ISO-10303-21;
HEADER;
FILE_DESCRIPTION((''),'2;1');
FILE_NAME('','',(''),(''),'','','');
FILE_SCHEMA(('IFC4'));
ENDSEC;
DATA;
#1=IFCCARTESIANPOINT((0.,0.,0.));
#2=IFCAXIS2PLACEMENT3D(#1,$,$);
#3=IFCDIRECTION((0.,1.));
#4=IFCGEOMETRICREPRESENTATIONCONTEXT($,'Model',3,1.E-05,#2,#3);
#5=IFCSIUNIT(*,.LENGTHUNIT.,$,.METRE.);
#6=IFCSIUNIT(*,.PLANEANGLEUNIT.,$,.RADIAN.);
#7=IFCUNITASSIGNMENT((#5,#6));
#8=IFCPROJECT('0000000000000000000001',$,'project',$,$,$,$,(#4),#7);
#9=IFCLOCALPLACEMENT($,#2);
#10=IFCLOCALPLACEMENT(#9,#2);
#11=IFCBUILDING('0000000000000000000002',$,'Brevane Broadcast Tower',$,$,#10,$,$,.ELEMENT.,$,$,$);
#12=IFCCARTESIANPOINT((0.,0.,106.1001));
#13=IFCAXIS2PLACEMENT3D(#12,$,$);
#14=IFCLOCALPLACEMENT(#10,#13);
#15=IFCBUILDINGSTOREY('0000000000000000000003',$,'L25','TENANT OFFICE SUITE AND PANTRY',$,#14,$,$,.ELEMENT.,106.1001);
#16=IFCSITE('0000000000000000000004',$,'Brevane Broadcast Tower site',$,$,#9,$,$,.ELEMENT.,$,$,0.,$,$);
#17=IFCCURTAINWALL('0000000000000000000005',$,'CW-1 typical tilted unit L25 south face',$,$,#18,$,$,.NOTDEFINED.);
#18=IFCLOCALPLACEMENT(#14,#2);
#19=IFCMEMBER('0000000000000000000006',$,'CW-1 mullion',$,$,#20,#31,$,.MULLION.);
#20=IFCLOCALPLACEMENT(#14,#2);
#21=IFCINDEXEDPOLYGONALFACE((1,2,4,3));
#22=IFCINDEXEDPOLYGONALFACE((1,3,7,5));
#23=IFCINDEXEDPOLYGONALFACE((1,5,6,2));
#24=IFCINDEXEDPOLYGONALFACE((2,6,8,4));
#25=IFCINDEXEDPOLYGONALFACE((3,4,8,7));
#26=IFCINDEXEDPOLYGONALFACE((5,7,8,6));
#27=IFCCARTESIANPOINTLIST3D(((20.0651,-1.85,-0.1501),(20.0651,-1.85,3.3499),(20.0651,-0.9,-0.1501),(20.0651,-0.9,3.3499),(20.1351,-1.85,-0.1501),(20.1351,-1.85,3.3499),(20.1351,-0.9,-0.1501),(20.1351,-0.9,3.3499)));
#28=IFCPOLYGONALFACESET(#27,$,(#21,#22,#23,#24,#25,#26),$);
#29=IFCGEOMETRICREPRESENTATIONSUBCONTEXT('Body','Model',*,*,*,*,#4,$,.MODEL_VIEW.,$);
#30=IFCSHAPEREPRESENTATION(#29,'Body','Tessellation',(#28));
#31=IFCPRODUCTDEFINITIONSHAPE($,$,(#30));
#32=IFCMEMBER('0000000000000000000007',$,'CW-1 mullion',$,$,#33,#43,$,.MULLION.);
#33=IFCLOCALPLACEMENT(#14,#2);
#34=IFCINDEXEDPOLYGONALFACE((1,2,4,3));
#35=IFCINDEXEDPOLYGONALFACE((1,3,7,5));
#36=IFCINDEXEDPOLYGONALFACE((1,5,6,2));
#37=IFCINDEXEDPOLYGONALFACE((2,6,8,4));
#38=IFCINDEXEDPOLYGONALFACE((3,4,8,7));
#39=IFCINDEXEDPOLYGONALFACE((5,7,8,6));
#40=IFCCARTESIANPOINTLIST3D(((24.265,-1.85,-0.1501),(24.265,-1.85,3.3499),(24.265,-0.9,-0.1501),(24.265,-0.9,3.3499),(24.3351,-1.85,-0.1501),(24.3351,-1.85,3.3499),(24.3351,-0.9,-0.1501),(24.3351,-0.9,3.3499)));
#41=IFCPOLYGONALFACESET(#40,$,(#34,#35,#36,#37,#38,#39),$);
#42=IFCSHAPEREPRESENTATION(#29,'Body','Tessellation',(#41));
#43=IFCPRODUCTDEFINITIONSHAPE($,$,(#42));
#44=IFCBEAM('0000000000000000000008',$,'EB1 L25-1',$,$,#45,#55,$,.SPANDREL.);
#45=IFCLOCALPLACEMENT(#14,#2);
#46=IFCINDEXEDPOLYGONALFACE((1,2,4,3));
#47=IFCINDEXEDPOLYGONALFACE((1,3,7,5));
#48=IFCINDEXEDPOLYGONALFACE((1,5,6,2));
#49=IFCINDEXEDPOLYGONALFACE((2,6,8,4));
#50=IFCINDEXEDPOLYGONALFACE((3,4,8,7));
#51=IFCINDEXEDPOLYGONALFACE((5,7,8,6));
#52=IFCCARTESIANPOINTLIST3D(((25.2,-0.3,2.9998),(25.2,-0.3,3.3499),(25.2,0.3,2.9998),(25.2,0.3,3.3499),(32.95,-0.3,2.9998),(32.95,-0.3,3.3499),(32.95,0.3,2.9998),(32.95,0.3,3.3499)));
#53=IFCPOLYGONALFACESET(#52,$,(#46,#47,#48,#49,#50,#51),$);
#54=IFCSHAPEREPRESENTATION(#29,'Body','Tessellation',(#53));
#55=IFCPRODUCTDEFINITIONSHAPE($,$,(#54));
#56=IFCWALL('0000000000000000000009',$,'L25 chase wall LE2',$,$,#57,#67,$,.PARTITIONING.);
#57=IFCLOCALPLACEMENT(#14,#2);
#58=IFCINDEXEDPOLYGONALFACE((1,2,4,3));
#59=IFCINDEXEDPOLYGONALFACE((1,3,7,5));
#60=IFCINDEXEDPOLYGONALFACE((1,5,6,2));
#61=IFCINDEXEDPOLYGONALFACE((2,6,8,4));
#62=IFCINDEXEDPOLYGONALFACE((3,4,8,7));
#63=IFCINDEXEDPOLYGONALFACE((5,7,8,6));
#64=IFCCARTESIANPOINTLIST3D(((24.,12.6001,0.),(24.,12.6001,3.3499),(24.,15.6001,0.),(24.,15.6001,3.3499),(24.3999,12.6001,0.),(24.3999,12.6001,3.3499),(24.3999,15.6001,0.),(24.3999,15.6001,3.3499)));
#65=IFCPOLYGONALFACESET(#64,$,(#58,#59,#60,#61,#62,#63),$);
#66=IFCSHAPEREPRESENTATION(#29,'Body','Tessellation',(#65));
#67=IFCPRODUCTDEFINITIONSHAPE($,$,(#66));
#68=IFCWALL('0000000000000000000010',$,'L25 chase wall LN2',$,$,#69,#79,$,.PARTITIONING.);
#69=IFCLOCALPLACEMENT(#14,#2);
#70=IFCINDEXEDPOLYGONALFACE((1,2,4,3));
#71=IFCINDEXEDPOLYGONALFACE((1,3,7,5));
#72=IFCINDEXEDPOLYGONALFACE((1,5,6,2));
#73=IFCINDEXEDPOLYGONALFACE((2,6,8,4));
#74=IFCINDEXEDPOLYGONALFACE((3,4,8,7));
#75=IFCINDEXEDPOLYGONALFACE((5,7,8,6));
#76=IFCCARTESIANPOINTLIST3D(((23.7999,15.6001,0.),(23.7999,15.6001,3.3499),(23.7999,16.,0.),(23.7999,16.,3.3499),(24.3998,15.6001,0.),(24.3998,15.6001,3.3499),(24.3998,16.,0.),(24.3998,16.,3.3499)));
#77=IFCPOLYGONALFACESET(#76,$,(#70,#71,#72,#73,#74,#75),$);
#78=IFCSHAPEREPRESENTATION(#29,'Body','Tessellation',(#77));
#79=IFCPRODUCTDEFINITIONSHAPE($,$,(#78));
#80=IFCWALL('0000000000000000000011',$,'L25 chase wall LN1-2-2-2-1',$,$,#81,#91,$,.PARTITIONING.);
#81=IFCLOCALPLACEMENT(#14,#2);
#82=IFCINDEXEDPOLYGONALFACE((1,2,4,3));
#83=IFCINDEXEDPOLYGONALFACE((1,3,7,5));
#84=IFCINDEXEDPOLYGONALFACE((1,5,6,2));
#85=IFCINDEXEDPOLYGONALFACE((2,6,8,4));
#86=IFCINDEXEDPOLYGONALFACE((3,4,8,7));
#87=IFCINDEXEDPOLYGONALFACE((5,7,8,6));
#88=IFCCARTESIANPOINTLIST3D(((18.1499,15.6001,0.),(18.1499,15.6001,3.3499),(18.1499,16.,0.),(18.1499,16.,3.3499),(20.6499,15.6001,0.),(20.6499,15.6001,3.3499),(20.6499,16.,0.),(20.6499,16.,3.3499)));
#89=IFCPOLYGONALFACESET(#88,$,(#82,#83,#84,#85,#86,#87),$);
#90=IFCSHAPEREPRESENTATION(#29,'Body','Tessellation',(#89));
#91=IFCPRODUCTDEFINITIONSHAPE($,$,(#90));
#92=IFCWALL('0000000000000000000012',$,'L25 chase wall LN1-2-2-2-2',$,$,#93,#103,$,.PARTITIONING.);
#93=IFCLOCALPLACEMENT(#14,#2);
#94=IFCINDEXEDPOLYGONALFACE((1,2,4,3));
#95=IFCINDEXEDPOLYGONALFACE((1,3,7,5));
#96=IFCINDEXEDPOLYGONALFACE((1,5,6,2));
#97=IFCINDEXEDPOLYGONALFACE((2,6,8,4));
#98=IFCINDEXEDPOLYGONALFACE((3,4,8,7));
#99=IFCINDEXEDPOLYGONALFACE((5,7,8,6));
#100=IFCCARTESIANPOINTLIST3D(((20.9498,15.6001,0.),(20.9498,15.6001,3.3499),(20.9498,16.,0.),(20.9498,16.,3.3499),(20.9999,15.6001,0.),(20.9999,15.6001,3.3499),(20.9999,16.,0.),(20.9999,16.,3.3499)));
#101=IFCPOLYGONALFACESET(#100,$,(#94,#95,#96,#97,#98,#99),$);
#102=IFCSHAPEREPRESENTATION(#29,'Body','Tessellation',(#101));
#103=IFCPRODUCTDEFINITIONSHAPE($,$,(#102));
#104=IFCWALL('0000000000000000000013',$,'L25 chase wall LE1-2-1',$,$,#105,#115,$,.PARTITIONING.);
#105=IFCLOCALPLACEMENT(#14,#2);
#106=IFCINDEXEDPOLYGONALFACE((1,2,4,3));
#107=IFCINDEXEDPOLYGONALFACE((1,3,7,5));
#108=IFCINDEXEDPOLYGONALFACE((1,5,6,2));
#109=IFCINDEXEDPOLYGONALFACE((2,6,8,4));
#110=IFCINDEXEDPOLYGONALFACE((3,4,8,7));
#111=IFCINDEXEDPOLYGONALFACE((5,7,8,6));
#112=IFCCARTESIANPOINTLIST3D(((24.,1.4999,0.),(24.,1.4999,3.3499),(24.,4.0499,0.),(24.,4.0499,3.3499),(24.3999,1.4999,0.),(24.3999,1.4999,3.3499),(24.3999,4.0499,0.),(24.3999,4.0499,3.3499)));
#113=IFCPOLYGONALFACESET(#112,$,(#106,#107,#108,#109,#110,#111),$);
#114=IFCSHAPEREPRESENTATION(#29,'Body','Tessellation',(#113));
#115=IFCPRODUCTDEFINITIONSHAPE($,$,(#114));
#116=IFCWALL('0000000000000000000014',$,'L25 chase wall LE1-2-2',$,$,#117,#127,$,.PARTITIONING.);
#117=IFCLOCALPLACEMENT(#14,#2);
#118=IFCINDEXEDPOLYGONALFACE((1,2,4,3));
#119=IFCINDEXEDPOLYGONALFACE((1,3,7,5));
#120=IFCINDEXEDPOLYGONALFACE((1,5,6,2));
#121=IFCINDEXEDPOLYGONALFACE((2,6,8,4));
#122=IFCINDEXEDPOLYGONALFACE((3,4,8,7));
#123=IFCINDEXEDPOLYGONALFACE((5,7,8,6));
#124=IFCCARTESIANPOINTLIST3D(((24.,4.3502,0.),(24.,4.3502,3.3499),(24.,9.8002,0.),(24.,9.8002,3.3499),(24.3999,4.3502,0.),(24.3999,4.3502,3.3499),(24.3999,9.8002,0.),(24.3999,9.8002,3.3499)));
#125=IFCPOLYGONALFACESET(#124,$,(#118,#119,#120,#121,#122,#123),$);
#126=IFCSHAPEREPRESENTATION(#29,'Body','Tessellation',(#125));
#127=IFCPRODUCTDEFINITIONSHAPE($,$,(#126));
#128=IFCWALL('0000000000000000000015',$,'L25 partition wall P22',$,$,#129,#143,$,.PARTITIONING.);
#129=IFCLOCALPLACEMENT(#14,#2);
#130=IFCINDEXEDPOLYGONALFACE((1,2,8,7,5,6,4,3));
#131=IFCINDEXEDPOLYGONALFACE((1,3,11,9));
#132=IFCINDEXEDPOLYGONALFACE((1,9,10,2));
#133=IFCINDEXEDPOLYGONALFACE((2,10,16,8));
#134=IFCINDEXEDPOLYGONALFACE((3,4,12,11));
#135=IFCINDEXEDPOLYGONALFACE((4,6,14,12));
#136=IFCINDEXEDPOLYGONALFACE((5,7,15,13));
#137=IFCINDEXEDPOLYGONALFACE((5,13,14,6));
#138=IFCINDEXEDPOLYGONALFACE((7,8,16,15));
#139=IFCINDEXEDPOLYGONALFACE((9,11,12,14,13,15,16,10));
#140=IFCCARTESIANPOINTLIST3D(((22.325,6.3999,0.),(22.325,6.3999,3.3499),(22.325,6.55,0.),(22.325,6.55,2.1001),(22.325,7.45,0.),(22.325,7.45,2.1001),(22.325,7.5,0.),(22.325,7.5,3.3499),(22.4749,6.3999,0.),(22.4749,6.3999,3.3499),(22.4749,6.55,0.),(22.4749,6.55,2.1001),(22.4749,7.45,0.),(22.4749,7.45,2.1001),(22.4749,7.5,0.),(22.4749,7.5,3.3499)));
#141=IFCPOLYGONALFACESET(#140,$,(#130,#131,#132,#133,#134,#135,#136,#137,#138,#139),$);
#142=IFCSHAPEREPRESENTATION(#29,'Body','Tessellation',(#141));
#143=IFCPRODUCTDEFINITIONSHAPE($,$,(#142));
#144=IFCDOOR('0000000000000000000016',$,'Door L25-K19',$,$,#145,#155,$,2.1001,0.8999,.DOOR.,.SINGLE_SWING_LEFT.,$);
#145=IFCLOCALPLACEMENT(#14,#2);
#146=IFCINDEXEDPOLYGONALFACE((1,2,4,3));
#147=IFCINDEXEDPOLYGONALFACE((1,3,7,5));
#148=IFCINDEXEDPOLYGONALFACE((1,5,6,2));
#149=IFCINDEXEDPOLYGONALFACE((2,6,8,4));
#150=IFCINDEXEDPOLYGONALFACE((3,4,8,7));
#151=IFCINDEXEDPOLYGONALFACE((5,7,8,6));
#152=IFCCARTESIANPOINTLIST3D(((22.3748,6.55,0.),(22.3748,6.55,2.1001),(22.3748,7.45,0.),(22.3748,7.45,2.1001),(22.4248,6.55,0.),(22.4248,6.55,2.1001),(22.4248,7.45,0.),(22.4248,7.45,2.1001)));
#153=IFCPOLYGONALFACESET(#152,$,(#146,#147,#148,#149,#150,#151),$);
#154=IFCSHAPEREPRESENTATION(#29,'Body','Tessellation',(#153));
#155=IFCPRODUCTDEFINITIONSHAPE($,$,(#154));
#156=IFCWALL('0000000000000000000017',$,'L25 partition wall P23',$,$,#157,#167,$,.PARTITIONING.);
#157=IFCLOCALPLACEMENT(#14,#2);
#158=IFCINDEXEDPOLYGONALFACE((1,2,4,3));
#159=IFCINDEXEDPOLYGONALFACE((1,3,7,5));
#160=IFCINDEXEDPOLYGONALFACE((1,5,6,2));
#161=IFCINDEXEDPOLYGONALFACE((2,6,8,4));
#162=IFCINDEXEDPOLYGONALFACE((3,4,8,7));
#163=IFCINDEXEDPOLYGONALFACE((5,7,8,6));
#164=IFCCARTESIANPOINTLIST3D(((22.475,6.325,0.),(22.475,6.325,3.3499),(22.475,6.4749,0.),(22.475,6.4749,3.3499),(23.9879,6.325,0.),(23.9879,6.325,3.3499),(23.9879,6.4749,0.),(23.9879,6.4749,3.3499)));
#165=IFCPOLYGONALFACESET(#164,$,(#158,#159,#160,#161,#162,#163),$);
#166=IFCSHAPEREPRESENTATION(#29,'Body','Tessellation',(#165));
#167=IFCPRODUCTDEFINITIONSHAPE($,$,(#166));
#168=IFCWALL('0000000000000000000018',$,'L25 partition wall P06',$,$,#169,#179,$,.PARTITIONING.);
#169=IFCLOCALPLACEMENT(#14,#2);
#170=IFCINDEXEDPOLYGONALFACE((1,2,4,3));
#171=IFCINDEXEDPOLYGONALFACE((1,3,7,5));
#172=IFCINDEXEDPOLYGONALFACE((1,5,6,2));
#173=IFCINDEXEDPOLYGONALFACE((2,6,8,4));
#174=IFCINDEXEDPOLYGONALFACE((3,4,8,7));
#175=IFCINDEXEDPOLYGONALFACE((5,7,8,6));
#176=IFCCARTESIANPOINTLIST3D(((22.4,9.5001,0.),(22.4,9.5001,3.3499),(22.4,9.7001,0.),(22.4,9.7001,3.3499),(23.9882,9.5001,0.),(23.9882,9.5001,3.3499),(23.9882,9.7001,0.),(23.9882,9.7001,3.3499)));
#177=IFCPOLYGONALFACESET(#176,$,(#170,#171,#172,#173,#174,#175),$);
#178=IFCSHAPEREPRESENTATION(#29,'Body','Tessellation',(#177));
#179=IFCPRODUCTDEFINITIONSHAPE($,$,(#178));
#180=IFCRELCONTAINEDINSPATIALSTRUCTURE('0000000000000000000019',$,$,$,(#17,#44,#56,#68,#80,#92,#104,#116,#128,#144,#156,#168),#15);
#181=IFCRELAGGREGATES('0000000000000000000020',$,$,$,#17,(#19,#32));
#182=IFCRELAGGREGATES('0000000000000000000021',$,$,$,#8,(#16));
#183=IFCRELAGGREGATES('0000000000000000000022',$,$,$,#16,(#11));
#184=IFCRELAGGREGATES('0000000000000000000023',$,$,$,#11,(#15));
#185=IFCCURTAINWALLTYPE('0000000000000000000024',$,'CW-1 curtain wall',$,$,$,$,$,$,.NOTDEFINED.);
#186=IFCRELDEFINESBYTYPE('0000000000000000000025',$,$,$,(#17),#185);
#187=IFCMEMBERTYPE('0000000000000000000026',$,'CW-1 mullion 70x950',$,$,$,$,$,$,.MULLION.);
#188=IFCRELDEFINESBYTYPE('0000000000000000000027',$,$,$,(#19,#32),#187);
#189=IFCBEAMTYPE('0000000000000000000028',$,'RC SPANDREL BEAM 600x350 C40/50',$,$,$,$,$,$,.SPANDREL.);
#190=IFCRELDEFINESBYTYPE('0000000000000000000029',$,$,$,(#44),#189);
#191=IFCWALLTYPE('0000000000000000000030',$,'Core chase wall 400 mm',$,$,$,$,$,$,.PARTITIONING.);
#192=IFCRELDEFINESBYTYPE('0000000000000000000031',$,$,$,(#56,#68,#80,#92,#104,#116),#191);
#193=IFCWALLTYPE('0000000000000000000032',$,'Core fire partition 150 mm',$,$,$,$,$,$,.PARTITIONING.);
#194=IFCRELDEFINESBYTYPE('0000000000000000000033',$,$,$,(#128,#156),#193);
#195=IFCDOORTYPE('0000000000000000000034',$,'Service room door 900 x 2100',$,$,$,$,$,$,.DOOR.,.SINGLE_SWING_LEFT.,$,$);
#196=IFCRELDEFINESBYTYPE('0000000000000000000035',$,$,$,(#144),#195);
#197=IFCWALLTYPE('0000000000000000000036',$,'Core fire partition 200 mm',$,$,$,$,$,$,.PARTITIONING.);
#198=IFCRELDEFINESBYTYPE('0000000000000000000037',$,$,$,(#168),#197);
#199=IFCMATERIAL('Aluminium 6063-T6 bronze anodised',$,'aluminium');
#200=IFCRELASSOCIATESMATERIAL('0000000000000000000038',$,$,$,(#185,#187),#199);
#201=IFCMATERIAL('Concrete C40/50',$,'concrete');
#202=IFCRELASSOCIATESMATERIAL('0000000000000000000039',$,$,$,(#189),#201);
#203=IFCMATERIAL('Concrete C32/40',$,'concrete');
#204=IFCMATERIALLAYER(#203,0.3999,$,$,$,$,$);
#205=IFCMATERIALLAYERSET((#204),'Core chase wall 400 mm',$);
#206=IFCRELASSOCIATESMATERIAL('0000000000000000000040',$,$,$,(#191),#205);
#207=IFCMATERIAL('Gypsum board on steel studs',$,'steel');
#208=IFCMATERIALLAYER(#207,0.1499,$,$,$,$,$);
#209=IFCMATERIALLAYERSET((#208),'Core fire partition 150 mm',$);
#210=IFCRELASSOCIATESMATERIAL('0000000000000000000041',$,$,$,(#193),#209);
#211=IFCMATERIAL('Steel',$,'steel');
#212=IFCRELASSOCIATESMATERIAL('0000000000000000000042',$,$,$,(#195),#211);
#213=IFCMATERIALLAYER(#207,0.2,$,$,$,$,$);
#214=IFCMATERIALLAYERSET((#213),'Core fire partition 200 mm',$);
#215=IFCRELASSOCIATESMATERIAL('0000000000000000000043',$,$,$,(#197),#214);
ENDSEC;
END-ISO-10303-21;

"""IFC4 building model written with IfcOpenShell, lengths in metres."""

from ifc_helpers import new_model, si_unit, direction, frame, frame_2d, origin, origin_2d, place, context, subcontext, project, spatial, rectangle, extrude, material, layer, layer_set, material_profile, profile_set, type_object, element, fill, aggregate, save


model = new_model("IFC4")

# Units and contexts
model_context = context("Model", 3, precision=1e-05, world=origin(), true_north=direction((0.0, 1.0)))
body_context = subcontext(model_context, "Body", "Model", "MODEL_VIEW")
ifc_project = project(units=[si_unit("LENGTHUNIT", "METRE"), si_unit("PLANEANGLEUNIT", "RADIAN")], contexts=[model_context])

# Site, building, storey
site_placement = place(None, origin())
site = spatial("IfcSite", under=ifc_project, at=site_placement, Name="Brevane Broadcast Tower site", CompositionType="ELEMENT", RefElevation=0.0)
building_placement = place(site_placement, origin())
building = spatial("IfcBuilding", under=site, at=building_placement, Name="Brevane Broadcast Tower", CompositionType="ELEMENT")
storey_placement = place(building_placement, frame((0.0, 0.0, 106.1001)))
storey = spatial("IfcBuildingStorey", under=building, at=storey_placement, Name="L25", Description="TENANT OFFICE SUITE AND PANTRY", CompositionType="ELEMENT", Elevation=106.1001)

# Curtain wall, members
ifc_material_1 = material(Name="Aluminium 6063-T6 bronze anodised", Category="aluminium")
curtain_wall_type = type_object("IfcCurtainWallType", Name="CW-1 curtain wall", PredefinedType="NOTDEFINED", material=ifc_material_1)
curtain_wall_placement = place(storey_placement, origin())
curtain_wall = element("IfcCurtainWall", 1, at=curtain_wall_placement, inside=storey, type_object=curtain_wall_type, Name="CW-1 typical tilted unit L25 south face", PredefinedType="NOTDEFINED")
ifc_material_profile_1 = material_profile(ifc_material_1, rectangle(XDim=0.95, YDim=0.0701, at=origin_2d()), Name="RECT 70x950")
ifc_profile_set_1 = profile_set([ifc_material_profile_1], Name="Aluminium 6063-T6 bronze anodised")
member_type = type_object("IfcMemberType", Name="CW-1 mullion 70x950", PredefinedType="MULLION", material=ifc_profile_set_1)
member_1_placement = place(storey_placement, frame((20.1001, -1.375, -0.1501), z_axis=(0.0, 0.0, 1.0), x_axis=(0.0, 1.0, 0.0)))
member_1 = element("IfcMember", 2, at=member_1_placement, type_object=member_type, Name="CW-1 mullion", PredefinedType="MULLION", context=body_context, shape_type="SweptSolid", body=[
    extrude(rectangle(XDim=0.95, YDim=0.0701, at=origin_2d()), origin(), (0.0, 0.0, 1.0), 3.5),
])
member_2_placement = place(storey_placement, frame((24.3, -1.375, -0.1501), z_axis=(0.0, 0.0, 1.0), x_axis=(0.0, 1.0, 0.0)))
member_2 = element("IfcMember", 3, at=member_2_placement, type_object=member_type, Name="CW-1 mullion", PredefinedType="MULLION", context=body_context, shape_type="SweptSolid", body=[
    extrude(rectangle(XDim=0.95, YDim=0.0701, at=origin_2d()), origin(), (0.0, 0.0, 1.0), 3.5),
])
aggregate(curtain_wall, [member_1, member_2])

# Beam
ifc_material_2 = material(Name="Concrete C40/50", Category="concrete")
ifc_material_profile_2 = material_profile(ifc_material_2, rectangle(XDim=0.6001, YDim=0.3501, at=origin_2d()), Name="RC 600x350")
ifc_profile_set_2 = profile_set([ifc_material_profile_2], Name="Concrete C40/50")
beam_type = type_object("IfcBeamType", Name="RC SPANDREL BEAM 600x350 C40/50", PredefinedType="SPANDREL", material=ifc_profile_set_2)
beam_placement = place(storey_placement, frame((25.2, 0.0, 3.1748), z_axis=(1.0, 0.0, 0.0), x_axis=(0.0, 1.0, 0.0)))
element("IfcBeam", 4, at=beam_placement, inside=storey, type_object=beam_type, Name="EB1 L25-1", PredefinedType="SPANDREL", context=body_context, shape_type="SweptSolid", body=[
    extrude(rectangle(XDim=0.6001, YDim=0.3501, at=origin_2d()), origin(), (0.0, 0.0, 1.0), 7.75),
])

# Walls
ifc_material_3 = material(Name="Concrete C32/40", Category="concrete")
ifc_layer_1 = layer(ifc_material_3, 0.3999)
ifc_layer_set_1 = layer_set([ifc_layer_1], Name="Core chase wall 400 mm")
wall_type_1 = type_object("IfcWallType", Name="Core chase wall 400 mm", PredefinedType="PARTITIONING", material=ifc_layer_set_1)
wall_1_placement = place(storey_placement, frame((24.2, 12.6001, 0.0), z_axis=(0.0, 0.0, 1.0), x_axis=(0.0, 1.0, 0.0)))
element("IfcWall", 5, at=wall_1_placement, inside=storey, type_object=wall_type_1, Name="L25 chase wall LE2", PredefinedType="PARTITIONING", context=body_context, shape_type="SweptSolid", body=[
    extrude(rectangle(XDim=3.0, YDim=0.3999, at=frame_2d((1.5, 0.0))), origin(), (0.0, 0.0, 1.0), 3.3499),
])
wall_2_placement = place(storey_placement, frame((23.8, 15.8, 0.0), z_axis=(0.0, 0.0, 1.0), x_axis=(1.0, 0.0, 0.0)))
element("IfcWall", 6, at=wall_2_placement, inside=storey, type_object=wall_type_1, Name="L25 chase wall LN2", PredefinedType="PARTITIONING", context=body_context, shape_type="SweptSolid", body=[
    extrude(rectangle(XDim=0.5999, YDim=0.3999, at=frame_2d((0.2998, 0.0))), origin(), (0.0, 0.0, 1.0), 3.3499),
])
wall_3_placement = place(storey_placement, frame((18.1499, 15.8, 0.0), z_axis=(0.0, 0.0, 1.0), x_axis=(1.0, 0.0, 0.0)))
element("IfcWall", 7, at=wall_3_placement, inside=storey, type_object=wall_type_1, Name="L25 chase wall LN1-2-2-2-1", PredefinedType="PARTITIONING", context=body_context, shape_type="SweptSolid", body=[
    extrude(rectangle(XDim=2.5, YDim=0.3999, at=frame_2d((1.25, 0.0))), origin(), (0.0, 0.0, 1.0), 3.3499),
])
wall_4_placement = place(storey_placement, frame((20.95, 15.8, 0.0), z_axis=(0.0, 0.0, 1.0), x_axis=(1.0, 0.0, 0.0)))
element("IfcWall", 8, at=wall_4_placement, inside=storey, type_object=wall_type_1, Name="L25 chase wall LN1-2-2-2-2", PredefinedType="PARTITIONING", context=body_context, shape_type="SweptSolid", body=[
    extrude(rectangle(XDim=0.05, YDim=0.3999, at=frame_2d((0.0249, 0.0))), origin(), (0.0, 0.0, 1.0), 3.3499),
])
wall_5_placement = place(storey_placement, frame((24.2, 1.5, 0.0), z_axis=(0.0, 0.0, 1.0), x_axis=(0.0, 1.0, 0.0)))
element("IfcWall", 9, at=wall_5_placement, inside=storey, type_object=wall_type_1, Name="L25 chase wall LE1-2-1", PredefinedType="PARTITIONING", context=body_context, shape_type="SweptSolid", body=[
    extrude(rectangle(XDim=2.55, YDim=0.3999, at=frame_2d((1.2749, 0.0))), origin(), (0.0, 0.0, 1.0), 3.3499),
])
wall_6_placement = place(storey_placement, frame((24.2, 4.3501, 0.0), z_axis=(0.0, 0.0, 1.0), x_axis=(0.0, 1.0, 0.0)))
element("IfcWall", 10, at=wall_6_placement, inside=storey, type_object=wall_type_1, Name="L25 chase wall LE1-2-2", PredefinedType="PARTITIONING", context=body_context, shape_type="SweptSolid", body=[
    extrude(rectangle(XDim=5.45, YDim=0.3999, at=frame_2d((2.7251, 0.0))), origin(), (0.0, 0.0, 1.0), 3.3499),
])

# Wall, opening, door
ifc_material_4 = material(Name="Gypsum board on steel studs", Category="steel")
ifc_layer_2 = layer(ifc_material_4, 0.1499)
ifc_layer_set_2 = layer_set([ifc_layer_2], Name="Core fire partition 150 mm")
wall_type_2 = type_object("IfcWallType", Name="Core fire partition 150 mm", PredefinedType="PARTITIONING", material=ifc_layer_set_2)
wall_7_placement = place(storey_placement, frame((22.3999, 7.5, 0.0), z_axis=(0.0, 0.0, 1.0), x_axis=(0.0, -1.0, 0.0)))
wall_7 = element("IfcWall", 11, at=wall_7_placement, inside=storey, type_object=wall_type_2, Name="L25 partition wall P22", PredefinedType="PARTITIONING", context=body_context, shape_type="SweptSolid", body=[
    extrude(rectangle(XDim=1.1001, YDim=0.1499, at=frame_2d((0.55, 0.0))), origin(), (0.0, 0.0, 1.0), 3.3499),
])
opening_1_placement = place(wall_7_placement, frame((0.05, 0.0, 0.0)))
opening_1 = element("IfcOpeningElement", 12, at=opening_1_placement, cuts=wall_7, PredefinedType="OPENING", context=body_context, shape_type="SweptSolid", body=[
    extrude(rectangle(XDim=0.8999, YDim=2.1001, at=frame_2d((0.45, 1.05))), frame((0.0, 0.085, 0.0), z_axis=(0.0, -1.0, 0.0), x_axis=(1.0, 0.0, 0.0)), (0.0, 0.0, 1.0), 0.1699),
])
ifc_material_5 = material(Name="Steel", Category="steel")
door_type_1 = type_object("IfcDoorType", Name="Service room door 900 x 2100", OperationType="SINGLE_SWING_LEFT", PredefinedType="DOOR", material=ifc_material_5)
door_1_placement = place(opening_1_placement, origin())
door_1 = element("IfcDoor", 13, at=door_1_placement, inside=storey, type_object=door_type_1, Name="Door L25-K19", OperationType="SINGLE_SWING_LEFT", OverallHeight=2.1001, OverallWidth=0.8999, PredefinedType="DOOR", context=body_context, shape_type="SweptSolid", body=[
    extrude(rectangle(XDim=0.8999, YDim=2.1001, at=frame_2d((0.45, 1.05))), frame((0.0, 0.0249, 0.0), z_axis=(0.0, -1.0, 0.0), x_axis=(1.0, 0.0, 0.0)), (0.0, 0.0, 1.0), 0.05),
])
fill(opening_1, door_1)

# Walls
wall_8_placement = place(storey_placement, frame((22.4751, 6.3999, 0.0), z_axis=(0.0, 0.0, 1.0), x_axis=(1.0, 0.0, 0.0)))
element("IfcWall", 14, at=wall_8_placement, inside=storey, type_object=wall_type_2, Name="L25 partition wall P23", PredefinedType="PARTITIONING", context=body_context, shape_type="SweptSolid", body=[
    extrude(rectangle(XDim=1.5129, YDim=0.1499, at=frame_2d((0.7563, 0.0))), origin(), (0.0, 0.0, 1.0), 3.3499),
])
ifc_layer_3 = layer(ifc_material_4, 0.2)
ifc_layer_set_3 = layer_set([ifc_layer_3], Name="Core fire partition 200 mm")
wall_type_3 = type_object("IfcWallType", Name="Core fire partition 200 mm", PredefinedType="PARTITIONING", material=ifc_layer_set_3)
wall_9_placement = place(storey_placement, frame((23.988, 9.6001, 0.0), z_axis=(0.0, 0.0, 1.0), x_axis=(-1.0, 0.0, 0.0)))
element("IfcWall", 15, at=wall_9_placement, inside=storey, type_object=wall_type_3, Name="L25 partition wall P06", PredefinedType="PARTITIONING", context=body_context, shape_type="SweptSolid", body=[
    extrude(rectangle(XDim=1.5881, YDim=0.2, at=frame_2d((0.7939, 0.0))), origin(), (0.0, 0.0, 1.0), 3.3499),
])

save(model, "model.ifc")
